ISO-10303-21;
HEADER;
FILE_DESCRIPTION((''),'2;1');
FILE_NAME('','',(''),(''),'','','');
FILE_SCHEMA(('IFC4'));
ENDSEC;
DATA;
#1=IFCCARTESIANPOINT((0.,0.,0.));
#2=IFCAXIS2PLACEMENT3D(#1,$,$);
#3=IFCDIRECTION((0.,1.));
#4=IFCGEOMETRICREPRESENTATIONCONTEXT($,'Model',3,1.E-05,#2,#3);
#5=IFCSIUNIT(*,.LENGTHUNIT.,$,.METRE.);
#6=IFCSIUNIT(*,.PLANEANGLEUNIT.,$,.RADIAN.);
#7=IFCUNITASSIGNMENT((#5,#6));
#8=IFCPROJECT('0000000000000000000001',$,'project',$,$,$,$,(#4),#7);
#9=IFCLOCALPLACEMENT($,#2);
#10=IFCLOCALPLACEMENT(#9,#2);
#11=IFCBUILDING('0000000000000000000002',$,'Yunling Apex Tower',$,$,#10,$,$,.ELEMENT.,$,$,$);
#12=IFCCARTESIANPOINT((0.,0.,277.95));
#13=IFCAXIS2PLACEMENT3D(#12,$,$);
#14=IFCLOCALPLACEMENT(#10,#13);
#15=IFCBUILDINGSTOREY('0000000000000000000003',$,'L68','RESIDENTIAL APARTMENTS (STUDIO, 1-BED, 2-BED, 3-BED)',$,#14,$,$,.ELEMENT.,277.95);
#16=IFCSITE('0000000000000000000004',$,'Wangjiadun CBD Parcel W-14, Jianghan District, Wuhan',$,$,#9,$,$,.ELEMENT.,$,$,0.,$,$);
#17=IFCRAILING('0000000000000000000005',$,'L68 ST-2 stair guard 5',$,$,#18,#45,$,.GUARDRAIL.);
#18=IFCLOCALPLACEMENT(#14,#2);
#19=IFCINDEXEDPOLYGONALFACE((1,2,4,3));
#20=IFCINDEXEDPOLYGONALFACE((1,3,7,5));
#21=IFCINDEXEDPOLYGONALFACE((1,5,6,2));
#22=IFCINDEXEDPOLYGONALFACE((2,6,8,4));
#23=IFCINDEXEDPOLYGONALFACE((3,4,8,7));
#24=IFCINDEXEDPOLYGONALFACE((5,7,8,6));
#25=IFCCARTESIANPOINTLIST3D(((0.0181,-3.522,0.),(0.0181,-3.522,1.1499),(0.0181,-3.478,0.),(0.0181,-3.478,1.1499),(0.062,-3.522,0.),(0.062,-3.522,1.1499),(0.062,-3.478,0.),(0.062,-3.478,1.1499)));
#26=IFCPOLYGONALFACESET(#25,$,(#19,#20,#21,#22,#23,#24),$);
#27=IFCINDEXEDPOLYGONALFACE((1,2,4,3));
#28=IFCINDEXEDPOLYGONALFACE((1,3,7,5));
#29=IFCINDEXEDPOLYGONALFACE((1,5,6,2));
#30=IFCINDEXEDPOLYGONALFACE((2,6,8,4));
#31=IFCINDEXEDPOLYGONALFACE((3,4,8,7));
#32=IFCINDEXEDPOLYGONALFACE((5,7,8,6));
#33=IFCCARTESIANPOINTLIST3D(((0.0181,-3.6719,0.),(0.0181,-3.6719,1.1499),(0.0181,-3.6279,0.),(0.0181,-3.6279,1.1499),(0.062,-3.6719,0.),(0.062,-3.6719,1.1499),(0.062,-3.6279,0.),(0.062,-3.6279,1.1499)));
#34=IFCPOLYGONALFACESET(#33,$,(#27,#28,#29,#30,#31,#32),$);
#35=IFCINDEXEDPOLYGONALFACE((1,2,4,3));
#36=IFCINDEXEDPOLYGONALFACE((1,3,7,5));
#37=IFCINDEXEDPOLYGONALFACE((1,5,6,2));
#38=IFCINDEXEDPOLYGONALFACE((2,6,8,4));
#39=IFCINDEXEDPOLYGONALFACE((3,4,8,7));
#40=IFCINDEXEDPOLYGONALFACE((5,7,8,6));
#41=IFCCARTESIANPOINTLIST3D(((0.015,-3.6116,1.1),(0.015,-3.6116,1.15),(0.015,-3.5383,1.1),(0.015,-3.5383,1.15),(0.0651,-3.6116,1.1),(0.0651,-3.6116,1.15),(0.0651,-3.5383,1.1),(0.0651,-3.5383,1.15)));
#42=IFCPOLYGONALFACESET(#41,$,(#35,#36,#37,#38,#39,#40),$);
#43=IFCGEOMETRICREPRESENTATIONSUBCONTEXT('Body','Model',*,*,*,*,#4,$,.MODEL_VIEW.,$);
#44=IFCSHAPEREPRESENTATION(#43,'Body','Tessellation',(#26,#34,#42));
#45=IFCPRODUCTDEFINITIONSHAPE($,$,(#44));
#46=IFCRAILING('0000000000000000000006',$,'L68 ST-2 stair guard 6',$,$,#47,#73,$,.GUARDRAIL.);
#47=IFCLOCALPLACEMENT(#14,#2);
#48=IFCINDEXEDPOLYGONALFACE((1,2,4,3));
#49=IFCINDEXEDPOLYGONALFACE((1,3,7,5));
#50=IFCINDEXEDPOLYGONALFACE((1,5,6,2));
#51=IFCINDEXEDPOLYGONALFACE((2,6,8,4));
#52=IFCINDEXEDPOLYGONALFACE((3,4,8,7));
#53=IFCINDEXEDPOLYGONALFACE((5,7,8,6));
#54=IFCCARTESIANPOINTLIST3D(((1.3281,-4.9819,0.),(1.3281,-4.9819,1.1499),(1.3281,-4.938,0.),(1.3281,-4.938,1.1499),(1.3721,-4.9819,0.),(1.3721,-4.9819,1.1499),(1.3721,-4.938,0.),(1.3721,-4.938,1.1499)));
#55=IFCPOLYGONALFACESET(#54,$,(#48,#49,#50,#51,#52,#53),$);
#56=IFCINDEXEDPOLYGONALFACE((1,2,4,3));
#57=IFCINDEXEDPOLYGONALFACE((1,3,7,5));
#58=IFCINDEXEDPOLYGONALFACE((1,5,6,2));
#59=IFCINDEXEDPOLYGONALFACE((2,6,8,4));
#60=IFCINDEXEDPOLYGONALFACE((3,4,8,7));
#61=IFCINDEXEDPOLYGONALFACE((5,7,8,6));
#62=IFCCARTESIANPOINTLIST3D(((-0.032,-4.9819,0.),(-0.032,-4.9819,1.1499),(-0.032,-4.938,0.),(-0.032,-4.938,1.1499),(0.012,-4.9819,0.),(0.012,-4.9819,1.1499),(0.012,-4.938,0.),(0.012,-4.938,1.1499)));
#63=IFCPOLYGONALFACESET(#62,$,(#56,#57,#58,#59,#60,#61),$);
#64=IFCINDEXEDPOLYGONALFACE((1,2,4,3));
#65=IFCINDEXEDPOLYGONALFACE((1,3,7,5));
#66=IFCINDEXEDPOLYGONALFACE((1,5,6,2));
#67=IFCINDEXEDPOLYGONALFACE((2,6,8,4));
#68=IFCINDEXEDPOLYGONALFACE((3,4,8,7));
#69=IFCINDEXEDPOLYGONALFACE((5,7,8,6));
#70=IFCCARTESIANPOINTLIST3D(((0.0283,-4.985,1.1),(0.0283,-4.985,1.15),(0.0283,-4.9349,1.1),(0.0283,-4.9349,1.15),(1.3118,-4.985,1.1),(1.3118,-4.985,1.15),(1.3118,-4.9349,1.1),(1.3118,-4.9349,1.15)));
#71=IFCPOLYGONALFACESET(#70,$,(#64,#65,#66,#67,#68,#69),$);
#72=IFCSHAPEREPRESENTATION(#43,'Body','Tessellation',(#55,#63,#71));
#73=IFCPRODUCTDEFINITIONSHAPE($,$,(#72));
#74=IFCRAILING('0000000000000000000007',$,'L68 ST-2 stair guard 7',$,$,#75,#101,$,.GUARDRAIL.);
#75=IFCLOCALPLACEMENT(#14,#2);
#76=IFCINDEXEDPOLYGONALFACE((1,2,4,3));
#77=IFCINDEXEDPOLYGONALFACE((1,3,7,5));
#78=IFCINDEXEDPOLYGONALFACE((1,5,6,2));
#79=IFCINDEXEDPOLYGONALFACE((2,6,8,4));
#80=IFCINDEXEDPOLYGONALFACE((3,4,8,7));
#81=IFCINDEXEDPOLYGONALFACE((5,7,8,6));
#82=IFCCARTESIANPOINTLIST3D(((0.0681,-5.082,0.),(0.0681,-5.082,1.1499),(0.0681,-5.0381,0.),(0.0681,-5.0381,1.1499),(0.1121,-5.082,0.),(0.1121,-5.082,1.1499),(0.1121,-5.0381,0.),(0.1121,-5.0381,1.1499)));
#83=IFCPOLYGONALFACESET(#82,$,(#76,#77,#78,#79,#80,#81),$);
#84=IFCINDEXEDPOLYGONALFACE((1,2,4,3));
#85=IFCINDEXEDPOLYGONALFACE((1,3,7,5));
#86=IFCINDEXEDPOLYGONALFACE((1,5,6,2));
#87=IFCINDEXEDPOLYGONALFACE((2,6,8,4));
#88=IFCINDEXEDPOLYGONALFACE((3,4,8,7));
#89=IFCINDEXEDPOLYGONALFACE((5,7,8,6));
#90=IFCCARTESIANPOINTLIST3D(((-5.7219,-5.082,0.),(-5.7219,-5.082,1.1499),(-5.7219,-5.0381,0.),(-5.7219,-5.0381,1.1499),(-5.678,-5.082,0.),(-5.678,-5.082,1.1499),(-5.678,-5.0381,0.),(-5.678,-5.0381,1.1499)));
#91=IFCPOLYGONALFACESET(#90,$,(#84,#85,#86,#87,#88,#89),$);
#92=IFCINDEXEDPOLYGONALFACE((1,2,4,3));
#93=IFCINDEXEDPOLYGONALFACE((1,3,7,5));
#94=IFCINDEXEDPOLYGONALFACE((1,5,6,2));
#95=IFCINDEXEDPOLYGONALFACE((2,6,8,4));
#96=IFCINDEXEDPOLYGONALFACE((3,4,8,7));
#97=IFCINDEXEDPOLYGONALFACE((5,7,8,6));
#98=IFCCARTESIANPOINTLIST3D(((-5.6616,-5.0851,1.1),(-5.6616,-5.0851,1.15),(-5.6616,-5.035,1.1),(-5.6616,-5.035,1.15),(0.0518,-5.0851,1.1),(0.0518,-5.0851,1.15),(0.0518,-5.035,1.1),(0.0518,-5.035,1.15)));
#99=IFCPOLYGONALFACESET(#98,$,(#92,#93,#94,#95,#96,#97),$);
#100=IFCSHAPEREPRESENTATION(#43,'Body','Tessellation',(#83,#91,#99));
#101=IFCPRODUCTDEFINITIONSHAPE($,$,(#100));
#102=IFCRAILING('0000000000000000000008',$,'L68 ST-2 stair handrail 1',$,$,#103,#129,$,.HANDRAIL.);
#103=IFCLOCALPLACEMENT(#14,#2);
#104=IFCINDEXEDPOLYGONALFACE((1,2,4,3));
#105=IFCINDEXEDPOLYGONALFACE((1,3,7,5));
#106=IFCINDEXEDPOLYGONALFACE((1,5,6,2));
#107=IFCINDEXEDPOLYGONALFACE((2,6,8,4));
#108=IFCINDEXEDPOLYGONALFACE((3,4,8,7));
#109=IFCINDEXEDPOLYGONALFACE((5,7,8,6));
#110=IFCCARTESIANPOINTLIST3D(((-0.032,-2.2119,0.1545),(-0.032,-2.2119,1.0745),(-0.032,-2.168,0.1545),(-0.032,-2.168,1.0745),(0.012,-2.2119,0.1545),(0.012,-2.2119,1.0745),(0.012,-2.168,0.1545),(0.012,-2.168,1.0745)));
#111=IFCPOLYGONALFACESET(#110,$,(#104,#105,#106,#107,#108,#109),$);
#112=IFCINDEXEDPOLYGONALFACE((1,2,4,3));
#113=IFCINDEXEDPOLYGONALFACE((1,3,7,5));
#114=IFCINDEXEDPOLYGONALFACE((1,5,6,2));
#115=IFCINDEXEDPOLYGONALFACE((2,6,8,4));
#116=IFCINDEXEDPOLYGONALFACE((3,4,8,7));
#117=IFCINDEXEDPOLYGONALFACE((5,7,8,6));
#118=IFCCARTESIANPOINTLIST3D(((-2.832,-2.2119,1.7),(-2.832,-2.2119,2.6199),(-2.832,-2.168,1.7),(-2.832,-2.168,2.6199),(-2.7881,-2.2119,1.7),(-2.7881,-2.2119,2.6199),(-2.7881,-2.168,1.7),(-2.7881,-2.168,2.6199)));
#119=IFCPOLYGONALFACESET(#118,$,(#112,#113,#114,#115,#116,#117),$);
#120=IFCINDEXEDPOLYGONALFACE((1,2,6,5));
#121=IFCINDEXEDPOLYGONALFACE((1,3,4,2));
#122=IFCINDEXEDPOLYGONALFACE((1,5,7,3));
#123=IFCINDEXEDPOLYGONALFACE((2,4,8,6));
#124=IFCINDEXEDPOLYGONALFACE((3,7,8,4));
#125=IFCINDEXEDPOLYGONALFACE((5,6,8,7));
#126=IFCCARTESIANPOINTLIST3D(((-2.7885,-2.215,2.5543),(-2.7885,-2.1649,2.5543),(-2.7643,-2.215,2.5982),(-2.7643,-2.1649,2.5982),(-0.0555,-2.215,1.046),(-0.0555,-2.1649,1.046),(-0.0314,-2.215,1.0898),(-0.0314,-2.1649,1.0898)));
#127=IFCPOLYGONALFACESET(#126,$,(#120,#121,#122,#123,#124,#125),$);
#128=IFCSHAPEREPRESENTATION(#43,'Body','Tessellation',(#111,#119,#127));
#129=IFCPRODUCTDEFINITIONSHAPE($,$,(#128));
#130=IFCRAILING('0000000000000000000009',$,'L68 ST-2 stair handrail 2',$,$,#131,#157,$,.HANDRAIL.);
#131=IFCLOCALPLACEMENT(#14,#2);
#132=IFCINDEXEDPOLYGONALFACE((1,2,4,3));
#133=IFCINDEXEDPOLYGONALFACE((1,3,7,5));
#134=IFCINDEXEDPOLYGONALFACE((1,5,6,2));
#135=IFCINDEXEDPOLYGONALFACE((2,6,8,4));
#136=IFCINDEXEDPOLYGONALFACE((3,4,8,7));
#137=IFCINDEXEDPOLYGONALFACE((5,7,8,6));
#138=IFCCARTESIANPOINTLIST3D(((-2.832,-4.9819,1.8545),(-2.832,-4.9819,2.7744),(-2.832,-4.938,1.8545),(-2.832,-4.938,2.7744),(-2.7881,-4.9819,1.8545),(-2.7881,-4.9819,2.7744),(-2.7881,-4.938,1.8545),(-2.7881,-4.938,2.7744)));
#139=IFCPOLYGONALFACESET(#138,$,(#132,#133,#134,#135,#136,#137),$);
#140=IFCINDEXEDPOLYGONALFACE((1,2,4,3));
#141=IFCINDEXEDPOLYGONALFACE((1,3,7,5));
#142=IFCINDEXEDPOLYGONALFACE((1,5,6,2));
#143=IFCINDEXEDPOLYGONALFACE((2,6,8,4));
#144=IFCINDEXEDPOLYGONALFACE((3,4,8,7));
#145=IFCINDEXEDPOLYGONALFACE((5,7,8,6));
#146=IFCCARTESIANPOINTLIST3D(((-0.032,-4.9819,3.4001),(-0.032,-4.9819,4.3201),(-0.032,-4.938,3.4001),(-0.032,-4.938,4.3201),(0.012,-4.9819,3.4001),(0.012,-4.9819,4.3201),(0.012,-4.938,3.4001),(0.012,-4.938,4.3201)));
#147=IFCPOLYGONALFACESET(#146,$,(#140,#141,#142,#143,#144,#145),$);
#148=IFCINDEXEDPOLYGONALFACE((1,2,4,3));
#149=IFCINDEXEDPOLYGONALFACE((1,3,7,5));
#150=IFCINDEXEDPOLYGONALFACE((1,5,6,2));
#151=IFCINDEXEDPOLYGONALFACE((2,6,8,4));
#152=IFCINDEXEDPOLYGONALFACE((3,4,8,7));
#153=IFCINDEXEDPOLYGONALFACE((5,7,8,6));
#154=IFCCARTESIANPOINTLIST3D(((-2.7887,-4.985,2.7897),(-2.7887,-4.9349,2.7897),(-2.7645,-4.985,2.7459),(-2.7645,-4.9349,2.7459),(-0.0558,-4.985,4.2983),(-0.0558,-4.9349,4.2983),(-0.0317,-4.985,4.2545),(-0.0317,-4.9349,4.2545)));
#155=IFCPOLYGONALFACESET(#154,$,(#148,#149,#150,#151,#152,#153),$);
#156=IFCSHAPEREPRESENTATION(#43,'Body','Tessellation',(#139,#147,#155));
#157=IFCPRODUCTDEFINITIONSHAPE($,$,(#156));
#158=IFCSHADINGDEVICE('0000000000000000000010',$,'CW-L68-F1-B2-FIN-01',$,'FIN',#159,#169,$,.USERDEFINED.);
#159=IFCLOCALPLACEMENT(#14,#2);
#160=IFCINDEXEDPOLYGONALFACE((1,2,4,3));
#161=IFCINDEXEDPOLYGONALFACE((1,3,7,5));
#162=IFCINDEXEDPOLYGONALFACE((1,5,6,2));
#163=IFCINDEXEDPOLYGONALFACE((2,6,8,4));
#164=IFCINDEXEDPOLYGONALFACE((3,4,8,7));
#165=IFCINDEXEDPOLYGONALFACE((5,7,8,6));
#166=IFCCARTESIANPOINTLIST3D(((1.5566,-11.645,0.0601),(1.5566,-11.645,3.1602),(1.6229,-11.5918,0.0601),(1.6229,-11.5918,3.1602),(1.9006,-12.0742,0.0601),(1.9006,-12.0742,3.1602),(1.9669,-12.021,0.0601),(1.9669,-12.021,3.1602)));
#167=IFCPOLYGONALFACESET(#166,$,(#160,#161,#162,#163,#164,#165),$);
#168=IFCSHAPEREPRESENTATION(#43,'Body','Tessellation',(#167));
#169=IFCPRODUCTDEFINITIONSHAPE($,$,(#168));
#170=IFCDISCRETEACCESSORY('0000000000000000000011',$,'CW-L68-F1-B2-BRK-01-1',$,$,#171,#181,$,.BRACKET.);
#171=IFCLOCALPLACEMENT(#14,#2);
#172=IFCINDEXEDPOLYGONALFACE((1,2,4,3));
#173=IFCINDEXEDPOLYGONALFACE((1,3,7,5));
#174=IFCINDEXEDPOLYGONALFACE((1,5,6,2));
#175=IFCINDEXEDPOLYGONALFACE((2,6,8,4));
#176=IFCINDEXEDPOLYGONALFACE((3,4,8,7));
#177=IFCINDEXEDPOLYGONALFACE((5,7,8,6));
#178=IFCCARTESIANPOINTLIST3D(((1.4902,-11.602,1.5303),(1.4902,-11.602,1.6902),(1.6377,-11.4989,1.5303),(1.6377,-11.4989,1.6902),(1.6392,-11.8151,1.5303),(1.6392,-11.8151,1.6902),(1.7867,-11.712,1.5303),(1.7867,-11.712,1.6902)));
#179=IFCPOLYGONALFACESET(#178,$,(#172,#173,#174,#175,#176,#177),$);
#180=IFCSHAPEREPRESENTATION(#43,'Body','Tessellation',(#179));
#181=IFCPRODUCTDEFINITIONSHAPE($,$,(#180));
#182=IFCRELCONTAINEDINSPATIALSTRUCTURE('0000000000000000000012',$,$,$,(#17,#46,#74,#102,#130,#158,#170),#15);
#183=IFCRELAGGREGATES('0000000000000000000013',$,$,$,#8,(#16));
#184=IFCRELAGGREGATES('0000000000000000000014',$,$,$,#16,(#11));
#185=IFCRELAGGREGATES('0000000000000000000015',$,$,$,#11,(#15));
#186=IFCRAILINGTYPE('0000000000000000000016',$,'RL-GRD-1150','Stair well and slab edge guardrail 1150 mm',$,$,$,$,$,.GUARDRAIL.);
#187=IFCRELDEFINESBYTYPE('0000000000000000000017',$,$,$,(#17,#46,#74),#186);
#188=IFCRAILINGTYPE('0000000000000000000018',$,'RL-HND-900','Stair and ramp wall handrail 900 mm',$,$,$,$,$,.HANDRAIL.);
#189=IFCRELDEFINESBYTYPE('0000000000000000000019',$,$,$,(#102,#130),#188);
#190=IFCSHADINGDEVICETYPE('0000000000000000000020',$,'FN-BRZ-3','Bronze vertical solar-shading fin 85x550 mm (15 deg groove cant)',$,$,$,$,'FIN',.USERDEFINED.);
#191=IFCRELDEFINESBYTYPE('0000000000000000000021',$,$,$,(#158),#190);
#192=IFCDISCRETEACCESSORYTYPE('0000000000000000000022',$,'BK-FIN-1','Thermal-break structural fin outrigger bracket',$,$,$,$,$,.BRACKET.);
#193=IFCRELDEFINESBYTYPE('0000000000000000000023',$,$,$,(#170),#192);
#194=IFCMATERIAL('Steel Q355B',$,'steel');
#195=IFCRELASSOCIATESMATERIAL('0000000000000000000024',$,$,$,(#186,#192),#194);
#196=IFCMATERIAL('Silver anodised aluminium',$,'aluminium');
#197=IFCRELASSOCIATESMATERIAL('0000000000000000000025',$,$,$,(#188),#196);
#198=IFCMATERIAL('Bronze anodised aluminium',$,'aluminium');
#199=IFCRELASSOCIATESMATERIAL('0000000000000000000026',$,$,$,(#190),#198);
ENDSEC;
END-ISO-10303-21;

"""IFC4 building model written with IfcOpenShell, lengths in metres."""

from ifc_helpers import new_model, si_unit, direction, frame, origin, origin_2d, place, context, subcontext, project, spatial, rectangle, extrude, source, transform, mapped, material, material_profile, profile_set, type_object, element, save


model = new_model("IFC4")

# Units and contexts
model_context = context("Model", 3, precision=1e-05, world=origin(), true_north=direction((0.0, 1.0)))
body_context = subcontext(model_context, "Body", "Model", "MODEL_VIEW")
ifc_project = project(units=[si_unit("LENGTHUNIT", "METRE"), si_unit("PLANEANGLEUNIT", "RADIAN")], contexts=[model_context])

# Site, building, storey
site_placement = place(None, origin())
site = spatial("IfcSite", under=ifc_project, at=site_placement, Name="Wangjiadun CBD Parcel W-14, Jianghan District, Wuhan", CompositionType="ELEMENT", RefElevation=0.0)
building_placement = place(site_placement, origin())
building = spatial("IfcBuilding", under=site, at=building_placement, Name="Yunling Apex Tower", CompositionType="ELEMENT")
storey_placement = place(building_placement, frame((0.0, 0.0, 277.95)))
storey = spatial("IfcBuildingStorey", under=building, at=storey_placement, Name="L68", Description="RESIDENTIAL APARTMENTS (STUDIO, 1-BED, 2-BED, 3-BED)", CompositionType="ELEMENT", Elevation=277.95)

# Shared definitions
ifc_material_1 = material(Name="Steel Q355B", Category="steel")

# Shared definitions
ifc_material_2 = material(Name="Bronze anodised aluminium", Category="aluminium")

# Railings
railing_type_1 = type_object("IfcRailingType", Name="RL-GRD-1150", Description="Stair well and slab edge guardrail 1150 mm", PredefinedType="GUARDRAIL", material=ifc_material_1)
railing_1_placement = place(storey_placement, frame((0.04, -3.5, 0.0)))
element("IfcRailing", 1, at=railing_1_placement, inside=storey, type_object=railing_type_1, Name="L68 ST-2 stair guard 5", PredefinedType="GUARDRAIL", context=body_context, shape_type="SweptSolid", body=[
    extrude(rectangle(XDim=0.0439, YDim=0.0439, at=origin_2d()), origin(), (0.0, 0.0, 1.0), 1.1499),
    extrude(rectangle(XDim=0.0439, YDim=0.0439, at=origin_2d()), frame((0.0, -0.1499, 0.0)), (0.0, 0.0, 1.0), 1.1499),
    extrude(rectangle(XDim=0.05, YDim=0.05, at=origin_2d()), frame((0.0, -0.0383, 1.125), z_axis=(0.0, -1.0, 0.0), x_axis=(1.0, 0.0, 0.0)), (0.0, 0.0, 1.0), 0.0732),
])
railing_2_placement = place(storey_placement, frame((1.3501, -4.96, 0.0)))
element("IfcRailing", 2, at=railing_2_placement, inside=storey, type_object=railing_type_1, Name="L68 ST-2 stair guard 6", PredefinedType="GUARDRAIL", context=body_context, shape_type="SweptSolid", body=[
    extrude(rectangle(XDim=0.0439, YDim=0.0439, at=origin_2d()), origin(), (0.0, 0.0, 1.0), 1.1499),
    extrude(rectangle(XDim=0.0439, YDim=0.0439, at=origin_2d()), frame((-1.3601, 0.0, 0.0)), (0.0, 0.0, 1.0), 1.1499),
    extrude(rectangle(XDim=0.05, YDim=0.05, at=origin_2d()), frame((-0.0383, 0.0, 1.125), z_axis=(-1.0, 0.0, 0.0), x_axis=(0.0, -1.0, 0.0)), (0.0, 0.0, 1.0), 1.2834),
])
railing_3_placement = place(storey_placement, frame((0.0901, -5.0601, 0.0)))
element("IfcRailing", 3, at=railing_3_placement, inside=storey, type_object=railing_type_1, Name="L68 ST-2 stair guard 7", PredefinedType="GUARDRAIL", context=body_context, shape_type="SweptSolid", body=[
    extrude(rectangle(XDim=0.0439, YDim=0.0439, at=origin_2d()), origin(), (0.0, 0.0, 1.0), 1.1499),
    extrude(rectangle(XDim=0.0439, YDim=0.0439, at=origin_2d()), frame((-5.79, 0.0, 0.0)), (0.0, 0.0, 1.0), 1.1499),
    extrude(rectangle(XDim=0.05, YDim=0.05, at=origin_2d()), frame((-0.0383, 0.0, 1.125), z_axis=(-1.0, 0.0, 0.0), x_axis=(0.0, -1.0, 0.0)), (0.0, 0.0, 1.0), 5.7134),
])
ifc_material_3 = material(Name="Silver anodised aluminium", Category="aluminium")
railing_type_2 = type_object("IfcRailingType", Name="RL-HND-900", Description="Stair and ramp wall handrail 900 mm", PredefinedType="HANDRAIL", material=ifc_material_3)
railing_4_placement = place(storey_placement, frame((-0.01, -2.1899, 0.1545)))
element("IfcRailing", 4, at=railing_4_placement, inside=storey, type_object=railing_type_2, Name="L68 ST-2 stair handrail 1", PredefinedType="HANDRAIL", context=body_context, shape_type="SweptSolid", body=[
    extrude(rectangle(XDim=0.0439, YDim=0.0439, at=origin_2d()), origin(), (0.0, 0.0, 1.0), 0.9199),
    extrude(rectangle(XDim=0.0439, YDim=0.0439, at=origin_2d()), frame((-2.8, 0.0, 1.5454)), (0.0, 0.0, 1.0), 0.9199),
    extrude(rectangle(XDim=0.05, YDim=0.05, at=origin_2d()), frame((-0.0334, 0.0, 0.9133), z_axis=(-0.875504, 0.0, 0.483211), x_axis=(0.0, -1.0, 0.0)), (0.0, 0.0, 1.0), 3.1216),
])
railing_5_placement = place(storey_placement, frame((-2.8101, -4.96, 1.8545)))
element("IfcRailing", 5, at=railing_5_placement, inside=storey, type_object=railing_type_2, Name="L68 ST-2 stair handrail 2", PredefinedType="HANDRAIL", context=body_context, shape_type="SweptSolid", body=[
    extrude(rectangle(XDim=0.0439, YDim=0.0439, at=origin_2d()), origin(), (0.0, 0.0, 1.0), 0.9199),
    extrude(rectangle(XDim=0.0439, YDim=0.0439, at=origin_2d()), frame((2.8, 0.0, 1.5457)), (0.0, 0.0, 1.0), 0.9199),
    extrude(rectangle(XDim=0.05, YDim=0.05, at=origin_2d()), frame((0.0334, 0.0, 0.9133), z_axis=(0.875472, 0.0, 0.483269), x_axis=(0.0, 1.0, 0.0)), (0.0, 0.0, 1.0), 3.1216),
])

# Shading device
ifc_material_profile_1 = material_profile(ifc_material_2, rectangle(XDim=0.085, YDim=0.55, at=origin_2d()))
ifc_profile_set_1 = profile_set([ifc_material_profile_1], Name="Bronze anodised aluminium")
shading_device_type = type_object("IfcShadingDeviceType", Name="FN-BRZ-3", Description="Bronze vertical solar-shading fin 85x550 mm (15 deg groove cant)", ElementType="FIN", PredefinedType="USERDEFINED", material=ifc_profile_set_1)
shared_shape_1 = source(origin(), body_context, "Body", "SweptSolid", [
    extrude(rectangle(XDim=0.085, YDim=0.55, at=origin_2d()), origin(), (0.0, 0.0, 1.0), 3.1001),
])
shading_device_placement = place(storey_placement, frame((1.7617, -11.833, 0.0601), z_axis=(0.0, 0.0, 1.0), x_axis=(0.780321, 0.625379, 0.0)))
element("IfcShadingDevice", 6, at=shading_device_placement, inside=storey, type_object=shading_device_type, Name="CW-L68-F1-B2-FIN-01", ObjectType="FIN", PredefinedType="USERDEFINED", context=body_context, shape_type="MappedRepresentation", body=[
    mapped(shared_shape_1, transform((0.0, 0.0, 0.0), scale=1.0)),
])

# Discrete accessory
discrete_accessory_type = type_object("IfcDiscreteAccessoryType", Name="BK-FIN-1", Description="Thermal-break structural fin outrigger bracket", PredefinedType="BRACKET", material=ifc_material_1)
shared_shape_2 = source(origin(), body_context, "Body", "SweptSolid", [
    extrude(rectangle(XDim=0.1799, YDim=0.26, at=origin_2d()), origin(), (0.0, 0.0, 1.0), 0.1599),
])
discrete_accessory_placement = place(storey_placement, frame((1.6384, -11.657, 1.5303), z_axis=(0.0, 0.0, 1.0), x_axis=(0.819552, 0.573004, 0.0)))
element("IfcDiscreteAccessory", 7, at=discrete_accessory_placement, inside=storey, type_object=discrete_accessory_type, Name="CW-L68-F1-B2-BRK-01-1", PredefinedType="BRACKET", context=body_context, shape_type="MappedRepresentation", body=[
    mapped(shared_shape_2, transform((0.0, 0.0, 0.0), scale=1.0)),
])

save(model, "model.ifc")
